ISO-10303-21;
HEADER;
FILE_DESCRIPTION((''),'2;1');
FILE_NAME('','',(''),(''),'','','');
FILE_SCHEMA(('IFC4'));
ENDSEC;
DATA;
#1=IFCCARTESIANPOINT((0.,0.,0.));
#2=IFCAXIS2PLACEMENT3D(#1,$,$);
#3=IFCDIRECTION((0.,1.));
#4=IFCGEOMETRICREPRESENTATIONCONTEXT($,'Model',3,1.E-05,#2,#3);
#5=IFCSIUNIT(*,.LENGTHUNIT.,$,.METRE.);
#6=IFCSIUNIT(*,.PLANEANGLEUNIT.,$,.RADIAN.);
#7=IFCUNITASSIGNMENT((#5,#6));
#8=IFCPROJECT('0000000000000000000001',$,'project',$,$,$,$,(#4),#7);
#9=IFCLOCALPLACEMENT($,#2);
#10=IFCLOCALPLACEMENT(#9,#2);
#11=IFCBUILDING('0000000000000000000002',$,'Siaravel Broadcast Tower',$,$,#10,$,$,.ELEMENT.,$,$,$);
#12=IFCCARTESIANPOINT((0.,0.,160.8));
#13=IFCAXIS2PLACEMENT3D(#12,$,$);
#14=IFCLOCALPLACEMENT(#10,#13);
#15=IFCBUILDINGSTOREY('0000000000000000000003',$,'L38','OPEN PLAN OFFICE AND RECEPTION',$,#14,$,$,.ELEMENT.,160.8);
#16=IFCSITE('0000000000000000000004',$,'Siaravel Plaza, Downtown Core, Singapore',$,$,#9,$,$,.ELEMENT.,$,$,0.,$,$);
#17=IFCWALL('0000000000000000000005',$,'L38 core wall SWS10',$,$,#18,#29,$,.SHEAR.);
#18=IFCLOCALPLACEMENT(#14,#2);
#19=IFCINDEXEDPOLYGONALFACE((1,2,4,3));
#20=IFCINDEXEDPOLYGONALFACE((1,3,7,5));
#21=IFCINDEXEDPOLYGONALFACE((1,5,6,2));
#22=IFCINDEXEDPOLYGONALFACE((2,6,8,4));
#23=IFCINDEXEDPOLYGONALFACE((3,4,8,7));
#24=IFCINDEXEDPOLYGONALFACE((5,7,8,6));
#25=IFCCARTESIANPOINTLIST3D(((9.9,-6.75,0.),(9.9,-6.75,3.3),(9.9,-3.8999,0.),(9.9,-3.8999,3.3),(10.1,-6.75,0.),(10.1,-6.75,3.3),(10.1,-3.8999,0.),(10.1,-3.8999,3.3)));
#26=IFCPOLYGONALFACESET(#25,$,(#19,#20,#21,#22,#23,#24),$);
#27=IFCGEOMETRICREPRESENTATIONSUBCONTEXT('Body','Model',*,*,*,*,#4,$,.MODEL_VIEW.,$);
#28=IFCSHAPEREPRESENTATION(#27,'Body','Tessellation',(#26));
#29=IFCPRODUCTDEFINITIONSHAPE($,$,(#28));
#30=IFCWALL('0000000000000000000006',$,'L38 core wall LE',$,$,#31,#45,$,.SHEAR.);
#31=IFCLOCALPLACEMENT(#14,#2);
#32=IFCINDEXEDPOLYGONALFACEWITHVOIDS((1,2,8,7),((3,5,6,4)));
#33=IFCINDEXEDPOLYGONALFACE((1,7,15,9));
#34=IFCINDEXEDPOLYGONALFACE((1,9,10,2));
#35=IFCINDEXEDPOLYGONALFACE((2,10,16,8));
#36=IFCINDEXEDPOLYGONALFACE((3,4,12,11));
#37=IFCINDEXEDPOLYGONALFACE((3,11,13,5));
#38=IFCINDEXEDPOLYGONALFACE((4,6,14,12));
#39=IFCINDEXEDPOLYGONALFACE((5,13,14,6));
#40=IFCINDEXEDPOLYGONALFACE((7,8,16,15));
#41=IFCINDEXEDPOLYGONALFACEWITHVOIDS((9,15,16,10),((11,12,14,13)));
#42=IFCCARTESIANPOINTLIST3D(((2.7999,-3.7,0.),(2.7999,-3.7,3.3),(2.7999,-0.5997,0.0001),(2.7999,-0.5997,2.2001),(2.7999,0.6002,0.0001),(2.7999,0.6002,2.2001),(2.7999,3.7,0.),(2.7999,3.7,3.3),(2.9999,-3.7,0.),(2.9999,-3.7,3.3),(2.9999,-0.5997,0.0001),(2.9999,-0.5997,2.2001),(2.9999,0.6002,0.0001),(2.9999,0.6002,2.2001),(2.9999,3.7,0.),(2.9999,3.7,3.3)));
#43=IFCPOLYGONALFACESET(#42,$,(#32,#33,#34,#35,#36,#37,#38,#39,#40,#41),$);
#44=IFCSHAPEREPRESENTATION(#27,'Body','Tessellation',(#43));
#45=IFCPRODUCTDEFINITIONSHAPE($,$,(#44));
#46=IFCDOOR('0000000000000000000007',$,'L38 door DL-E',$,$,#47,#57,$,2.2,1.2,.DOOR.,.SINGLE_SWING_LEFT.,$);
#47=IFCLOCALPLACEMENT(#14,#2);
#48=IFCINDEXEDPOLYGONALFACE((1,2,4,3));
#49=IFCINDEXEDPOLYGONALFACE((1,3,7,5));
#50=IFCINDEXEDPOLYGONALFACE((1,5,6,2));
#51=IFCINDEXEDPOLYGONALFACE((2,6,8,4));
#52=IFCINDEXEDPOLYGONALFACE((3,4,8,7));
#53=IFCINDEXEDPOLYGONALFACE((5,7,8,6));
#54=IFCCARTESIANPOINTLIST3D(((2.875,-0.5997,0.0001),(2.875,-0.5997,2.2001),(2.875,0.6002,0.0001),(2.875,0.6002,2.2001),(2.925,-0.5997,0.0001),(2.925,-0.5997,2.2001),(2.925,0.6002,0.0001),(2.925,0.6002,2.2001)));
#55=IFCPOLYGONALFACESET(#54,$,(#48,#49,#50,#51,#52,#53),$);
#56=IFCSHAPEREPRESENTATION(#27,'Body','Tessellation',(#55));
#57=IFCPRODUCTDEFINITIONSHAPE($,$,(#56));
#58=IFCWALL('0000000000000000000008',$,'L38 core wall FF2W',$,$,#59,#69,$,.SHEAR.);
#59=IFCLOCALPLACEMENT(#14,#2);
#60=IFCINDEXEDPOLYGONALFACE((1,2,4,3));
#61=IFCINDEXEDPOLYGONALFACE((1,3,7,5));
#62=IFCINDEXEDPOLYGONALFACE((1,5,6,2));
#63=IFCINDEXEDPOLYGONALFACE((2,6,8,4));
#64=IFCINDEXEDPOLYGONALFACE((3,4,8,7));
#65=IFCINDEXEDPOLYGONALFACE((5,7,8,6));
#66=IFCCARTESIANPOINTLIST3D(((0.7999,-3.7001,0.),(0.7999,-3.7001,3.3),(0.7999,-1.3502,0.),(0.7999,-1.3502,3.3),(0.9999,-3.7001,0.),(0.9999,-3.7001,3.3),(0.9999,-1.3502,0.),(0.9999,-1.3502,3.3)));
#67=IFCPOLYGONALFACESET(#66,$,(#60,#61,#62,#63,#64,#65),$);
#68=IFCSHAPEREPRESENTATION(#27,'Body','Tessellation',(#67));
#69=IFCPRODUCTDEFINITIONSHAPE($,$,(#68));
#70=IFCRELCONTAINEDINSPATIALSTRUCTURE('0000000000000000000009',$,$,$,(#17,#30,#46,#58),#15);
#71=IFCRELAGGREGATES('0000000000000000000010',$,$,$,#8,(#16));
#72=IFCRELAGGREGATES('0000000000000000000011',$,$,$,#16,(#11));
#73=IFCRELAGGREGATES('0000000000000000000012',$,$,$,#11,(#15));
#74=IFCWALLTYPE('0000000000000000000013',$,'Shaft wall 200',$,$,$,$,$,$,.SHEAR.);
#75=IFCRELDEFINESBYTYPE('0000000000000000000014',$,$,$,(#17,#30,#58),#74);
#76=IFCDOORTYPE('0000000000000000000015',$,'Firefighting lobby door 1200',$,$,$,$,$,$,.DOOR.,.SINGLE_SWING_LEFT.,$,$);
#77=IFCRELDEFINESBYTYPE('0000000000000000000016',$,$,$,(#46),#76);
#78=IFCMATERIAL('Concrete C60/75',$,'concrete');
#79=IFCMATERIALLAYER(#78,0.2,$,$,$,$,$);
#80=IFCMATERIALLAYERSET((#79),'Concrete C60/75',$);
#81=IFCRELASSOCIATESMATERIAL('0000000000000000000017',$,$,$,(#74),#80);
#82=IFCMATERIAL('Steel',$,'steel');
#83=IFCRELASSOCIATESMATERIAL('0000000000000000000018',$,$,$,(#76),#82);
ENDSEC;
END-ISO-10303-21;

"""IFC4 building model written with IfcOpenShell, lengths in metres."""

from ifc_helpers import new_model, si_unit, direction, frame, frame_2d, origin, place, context, subcontext, project, spatial, rectangle, extrude, material, layer, layer_set, type_object, element, fill, save


model = new_model("IFC4")

# Units and contexts
model_context = context("Model", 3, precision=1e-05, world=origin(), true_north=direction((0.0, 1.0)))
body_context = subcontext(model_context, "Body", "Model", "MODEL_VIEW")
ifc_project = project(units=[si_unit("LENGTHUNIT", "METRE"), si_unit("PLANEANGLEUNIT", "RADIAN")], contexts=[model_context])

# Site, building, storey
site_placement = place(None, origin())
site = spatial("IfcSite", under=ifc_project, at=site_placement, Name="Siaravel Plaza, Downtown Core, Singapore", CompositionType="ELEMENT", RefElevation=0.0)
building_placement = place(site_placement, origin())
building = spatial("IfcBuilding", under=site, at=building_placement, Name="Siaravel Broadcast Tower", CompositionType="ELEMENT")
storey_placement = place(building_placement, frame((0.0, 0.0, 160.8)))
storey = spatial("IfcBuildingStorey", under=building, at=storey_placement, Name="L38", Description="OPEN PLAN OFFICE AND RECEPTION", CompositionType="ELEMENT", Elevation=160.8)

# Shared definitions
ifc_material_1 = material(Name="Concrete C60/75", Category="concrete")
ifc_material_2 = material(Name="Steel", Category="steel")

# Wall
ifc_layer_1 = layer(ifc_material_1, 0.2)
ifc_layer_set_1 = layer_set([ifc_layer_1], Name="Concrete C60/75")
wall_type_1 = type_object("IfcWallType", Name="Shaft wall 200", PredefinedType="SHEAR", material=ifc_layer_set_1)
for number, where, z_axis, x_axis, name in (
    (1, (10.0, -6.75, 0.0), (0.0, 0.0, 1.0), (0.0, 1.0, 0.0), "L38 core wall SWS10"),
):
    element("IfcWall", number, at=place(storey_placement, frame(where, z_axis=z_axis, x_axis=x_axis)), inside=storey, type_object=wall_type_1, Name=name, PredefinedType="SHEAR", context=body_context, shape_type="SweptSolid", body=[
        extrude(rectangle(XDim=2.8501, YDim=0.2, at=frame_2d((1.425, 0.0))), origin(), (0.0, 0.0, 1.0), 3.3),
    ])

# Wall, opening, door
wall_1_placement = place(storey_placement, frame((2.8999, -3.7, 0.0), z_axis=(0.0, 0.0, 1.0), x_axis=(0.0, 1.0, 0.0)))
wall_1 = element("IfcWall", 2, at=wall_1_placement, inside=storey, type_object=wall_type_1, Name="L38 core wall LE", PredefinedType="SHEAR", context=body_context, shape_type="SweptSolid", body=[
    extrude(rectangle(XDim=7.3999, YDim=0.2, at=frame_2d((3.7, 0.0))), origin(), (0.0, 0.0, 1.0), 3.3),
])
opening_1_placement = place(wall_1_placement, frame((3.1001, 0.0, 0.0)))
opening_1 = element("IfcOpeningElement", 3, at=opening_1_placement, cuts=wall_1, PredefinedType="OPENING", context=body_context, shape_type="SweptSolid", body=[
    extrude(rectangle(XDim=1.2, YDim=2.2, at=frame_2d((0.6001, 1.1001))), frame((0.0, 0.1099, 0.0), z_axis=(0.0, -1.0, 0.0), x_axis=(1.0, 0.0, 0.0)), (0.0, 0.0, 1.0), 0.22),
])
door_type_1 = type_object("IfcDoorType", Name="Firefighting lobby door 1200", OperationType="SINGLE_SWING_LEFT", PredefinedType="DOOR", material=ifc_material_2)
door_1_placement = place(opening_1_placement, origin())
door_1 = element("IfcDoor", 4, at=door_1_placement, inside=storey, type_object=door_type_1, Name="L38 door DL-E", OperationType="SINGLE_SWING_LEFT", OverallHeight=2.2, OverallWidth=1.2, PredefinedType="DOOR", context=body_context, shape_type="SweptSolid", body=[
    extrude(rectangle(XDim=1.2, YDim=2.2, at=frame_2d((0.6001, 1.1001))), frame((0.0, 0.0249, 0.0), z_axis=(0.0, -1.0, 0.0), x_axis=(1.0, 0.0, 0.0)), (0.0, 0.0, 1.0), 0.05),
])
fill(opening_1, door_1)

# Wall
wall_2_placement = place(storey_placement, frame((0.8999, -3.7, 0.0), z_axis=(0.0, 0.0, 1.0), x_axis=(0.0, 1.0, 0.0)))
element("IfcWall", 5, at=wall_2_placement, inside=storey, type_object=wall_type_1, Name="L38 core wall FF2W", PredefinedType="SHEAR", context=body_context, shape_type="SweptSolid", body=[
    extrude(rectangle(XDim=2.3499, YDim=0.2, at=frame_2d((1.1748, 0.0))), origin(), (0.0, 0.0, 1.0), 3.3),
])

save(model, "model.ifc")
